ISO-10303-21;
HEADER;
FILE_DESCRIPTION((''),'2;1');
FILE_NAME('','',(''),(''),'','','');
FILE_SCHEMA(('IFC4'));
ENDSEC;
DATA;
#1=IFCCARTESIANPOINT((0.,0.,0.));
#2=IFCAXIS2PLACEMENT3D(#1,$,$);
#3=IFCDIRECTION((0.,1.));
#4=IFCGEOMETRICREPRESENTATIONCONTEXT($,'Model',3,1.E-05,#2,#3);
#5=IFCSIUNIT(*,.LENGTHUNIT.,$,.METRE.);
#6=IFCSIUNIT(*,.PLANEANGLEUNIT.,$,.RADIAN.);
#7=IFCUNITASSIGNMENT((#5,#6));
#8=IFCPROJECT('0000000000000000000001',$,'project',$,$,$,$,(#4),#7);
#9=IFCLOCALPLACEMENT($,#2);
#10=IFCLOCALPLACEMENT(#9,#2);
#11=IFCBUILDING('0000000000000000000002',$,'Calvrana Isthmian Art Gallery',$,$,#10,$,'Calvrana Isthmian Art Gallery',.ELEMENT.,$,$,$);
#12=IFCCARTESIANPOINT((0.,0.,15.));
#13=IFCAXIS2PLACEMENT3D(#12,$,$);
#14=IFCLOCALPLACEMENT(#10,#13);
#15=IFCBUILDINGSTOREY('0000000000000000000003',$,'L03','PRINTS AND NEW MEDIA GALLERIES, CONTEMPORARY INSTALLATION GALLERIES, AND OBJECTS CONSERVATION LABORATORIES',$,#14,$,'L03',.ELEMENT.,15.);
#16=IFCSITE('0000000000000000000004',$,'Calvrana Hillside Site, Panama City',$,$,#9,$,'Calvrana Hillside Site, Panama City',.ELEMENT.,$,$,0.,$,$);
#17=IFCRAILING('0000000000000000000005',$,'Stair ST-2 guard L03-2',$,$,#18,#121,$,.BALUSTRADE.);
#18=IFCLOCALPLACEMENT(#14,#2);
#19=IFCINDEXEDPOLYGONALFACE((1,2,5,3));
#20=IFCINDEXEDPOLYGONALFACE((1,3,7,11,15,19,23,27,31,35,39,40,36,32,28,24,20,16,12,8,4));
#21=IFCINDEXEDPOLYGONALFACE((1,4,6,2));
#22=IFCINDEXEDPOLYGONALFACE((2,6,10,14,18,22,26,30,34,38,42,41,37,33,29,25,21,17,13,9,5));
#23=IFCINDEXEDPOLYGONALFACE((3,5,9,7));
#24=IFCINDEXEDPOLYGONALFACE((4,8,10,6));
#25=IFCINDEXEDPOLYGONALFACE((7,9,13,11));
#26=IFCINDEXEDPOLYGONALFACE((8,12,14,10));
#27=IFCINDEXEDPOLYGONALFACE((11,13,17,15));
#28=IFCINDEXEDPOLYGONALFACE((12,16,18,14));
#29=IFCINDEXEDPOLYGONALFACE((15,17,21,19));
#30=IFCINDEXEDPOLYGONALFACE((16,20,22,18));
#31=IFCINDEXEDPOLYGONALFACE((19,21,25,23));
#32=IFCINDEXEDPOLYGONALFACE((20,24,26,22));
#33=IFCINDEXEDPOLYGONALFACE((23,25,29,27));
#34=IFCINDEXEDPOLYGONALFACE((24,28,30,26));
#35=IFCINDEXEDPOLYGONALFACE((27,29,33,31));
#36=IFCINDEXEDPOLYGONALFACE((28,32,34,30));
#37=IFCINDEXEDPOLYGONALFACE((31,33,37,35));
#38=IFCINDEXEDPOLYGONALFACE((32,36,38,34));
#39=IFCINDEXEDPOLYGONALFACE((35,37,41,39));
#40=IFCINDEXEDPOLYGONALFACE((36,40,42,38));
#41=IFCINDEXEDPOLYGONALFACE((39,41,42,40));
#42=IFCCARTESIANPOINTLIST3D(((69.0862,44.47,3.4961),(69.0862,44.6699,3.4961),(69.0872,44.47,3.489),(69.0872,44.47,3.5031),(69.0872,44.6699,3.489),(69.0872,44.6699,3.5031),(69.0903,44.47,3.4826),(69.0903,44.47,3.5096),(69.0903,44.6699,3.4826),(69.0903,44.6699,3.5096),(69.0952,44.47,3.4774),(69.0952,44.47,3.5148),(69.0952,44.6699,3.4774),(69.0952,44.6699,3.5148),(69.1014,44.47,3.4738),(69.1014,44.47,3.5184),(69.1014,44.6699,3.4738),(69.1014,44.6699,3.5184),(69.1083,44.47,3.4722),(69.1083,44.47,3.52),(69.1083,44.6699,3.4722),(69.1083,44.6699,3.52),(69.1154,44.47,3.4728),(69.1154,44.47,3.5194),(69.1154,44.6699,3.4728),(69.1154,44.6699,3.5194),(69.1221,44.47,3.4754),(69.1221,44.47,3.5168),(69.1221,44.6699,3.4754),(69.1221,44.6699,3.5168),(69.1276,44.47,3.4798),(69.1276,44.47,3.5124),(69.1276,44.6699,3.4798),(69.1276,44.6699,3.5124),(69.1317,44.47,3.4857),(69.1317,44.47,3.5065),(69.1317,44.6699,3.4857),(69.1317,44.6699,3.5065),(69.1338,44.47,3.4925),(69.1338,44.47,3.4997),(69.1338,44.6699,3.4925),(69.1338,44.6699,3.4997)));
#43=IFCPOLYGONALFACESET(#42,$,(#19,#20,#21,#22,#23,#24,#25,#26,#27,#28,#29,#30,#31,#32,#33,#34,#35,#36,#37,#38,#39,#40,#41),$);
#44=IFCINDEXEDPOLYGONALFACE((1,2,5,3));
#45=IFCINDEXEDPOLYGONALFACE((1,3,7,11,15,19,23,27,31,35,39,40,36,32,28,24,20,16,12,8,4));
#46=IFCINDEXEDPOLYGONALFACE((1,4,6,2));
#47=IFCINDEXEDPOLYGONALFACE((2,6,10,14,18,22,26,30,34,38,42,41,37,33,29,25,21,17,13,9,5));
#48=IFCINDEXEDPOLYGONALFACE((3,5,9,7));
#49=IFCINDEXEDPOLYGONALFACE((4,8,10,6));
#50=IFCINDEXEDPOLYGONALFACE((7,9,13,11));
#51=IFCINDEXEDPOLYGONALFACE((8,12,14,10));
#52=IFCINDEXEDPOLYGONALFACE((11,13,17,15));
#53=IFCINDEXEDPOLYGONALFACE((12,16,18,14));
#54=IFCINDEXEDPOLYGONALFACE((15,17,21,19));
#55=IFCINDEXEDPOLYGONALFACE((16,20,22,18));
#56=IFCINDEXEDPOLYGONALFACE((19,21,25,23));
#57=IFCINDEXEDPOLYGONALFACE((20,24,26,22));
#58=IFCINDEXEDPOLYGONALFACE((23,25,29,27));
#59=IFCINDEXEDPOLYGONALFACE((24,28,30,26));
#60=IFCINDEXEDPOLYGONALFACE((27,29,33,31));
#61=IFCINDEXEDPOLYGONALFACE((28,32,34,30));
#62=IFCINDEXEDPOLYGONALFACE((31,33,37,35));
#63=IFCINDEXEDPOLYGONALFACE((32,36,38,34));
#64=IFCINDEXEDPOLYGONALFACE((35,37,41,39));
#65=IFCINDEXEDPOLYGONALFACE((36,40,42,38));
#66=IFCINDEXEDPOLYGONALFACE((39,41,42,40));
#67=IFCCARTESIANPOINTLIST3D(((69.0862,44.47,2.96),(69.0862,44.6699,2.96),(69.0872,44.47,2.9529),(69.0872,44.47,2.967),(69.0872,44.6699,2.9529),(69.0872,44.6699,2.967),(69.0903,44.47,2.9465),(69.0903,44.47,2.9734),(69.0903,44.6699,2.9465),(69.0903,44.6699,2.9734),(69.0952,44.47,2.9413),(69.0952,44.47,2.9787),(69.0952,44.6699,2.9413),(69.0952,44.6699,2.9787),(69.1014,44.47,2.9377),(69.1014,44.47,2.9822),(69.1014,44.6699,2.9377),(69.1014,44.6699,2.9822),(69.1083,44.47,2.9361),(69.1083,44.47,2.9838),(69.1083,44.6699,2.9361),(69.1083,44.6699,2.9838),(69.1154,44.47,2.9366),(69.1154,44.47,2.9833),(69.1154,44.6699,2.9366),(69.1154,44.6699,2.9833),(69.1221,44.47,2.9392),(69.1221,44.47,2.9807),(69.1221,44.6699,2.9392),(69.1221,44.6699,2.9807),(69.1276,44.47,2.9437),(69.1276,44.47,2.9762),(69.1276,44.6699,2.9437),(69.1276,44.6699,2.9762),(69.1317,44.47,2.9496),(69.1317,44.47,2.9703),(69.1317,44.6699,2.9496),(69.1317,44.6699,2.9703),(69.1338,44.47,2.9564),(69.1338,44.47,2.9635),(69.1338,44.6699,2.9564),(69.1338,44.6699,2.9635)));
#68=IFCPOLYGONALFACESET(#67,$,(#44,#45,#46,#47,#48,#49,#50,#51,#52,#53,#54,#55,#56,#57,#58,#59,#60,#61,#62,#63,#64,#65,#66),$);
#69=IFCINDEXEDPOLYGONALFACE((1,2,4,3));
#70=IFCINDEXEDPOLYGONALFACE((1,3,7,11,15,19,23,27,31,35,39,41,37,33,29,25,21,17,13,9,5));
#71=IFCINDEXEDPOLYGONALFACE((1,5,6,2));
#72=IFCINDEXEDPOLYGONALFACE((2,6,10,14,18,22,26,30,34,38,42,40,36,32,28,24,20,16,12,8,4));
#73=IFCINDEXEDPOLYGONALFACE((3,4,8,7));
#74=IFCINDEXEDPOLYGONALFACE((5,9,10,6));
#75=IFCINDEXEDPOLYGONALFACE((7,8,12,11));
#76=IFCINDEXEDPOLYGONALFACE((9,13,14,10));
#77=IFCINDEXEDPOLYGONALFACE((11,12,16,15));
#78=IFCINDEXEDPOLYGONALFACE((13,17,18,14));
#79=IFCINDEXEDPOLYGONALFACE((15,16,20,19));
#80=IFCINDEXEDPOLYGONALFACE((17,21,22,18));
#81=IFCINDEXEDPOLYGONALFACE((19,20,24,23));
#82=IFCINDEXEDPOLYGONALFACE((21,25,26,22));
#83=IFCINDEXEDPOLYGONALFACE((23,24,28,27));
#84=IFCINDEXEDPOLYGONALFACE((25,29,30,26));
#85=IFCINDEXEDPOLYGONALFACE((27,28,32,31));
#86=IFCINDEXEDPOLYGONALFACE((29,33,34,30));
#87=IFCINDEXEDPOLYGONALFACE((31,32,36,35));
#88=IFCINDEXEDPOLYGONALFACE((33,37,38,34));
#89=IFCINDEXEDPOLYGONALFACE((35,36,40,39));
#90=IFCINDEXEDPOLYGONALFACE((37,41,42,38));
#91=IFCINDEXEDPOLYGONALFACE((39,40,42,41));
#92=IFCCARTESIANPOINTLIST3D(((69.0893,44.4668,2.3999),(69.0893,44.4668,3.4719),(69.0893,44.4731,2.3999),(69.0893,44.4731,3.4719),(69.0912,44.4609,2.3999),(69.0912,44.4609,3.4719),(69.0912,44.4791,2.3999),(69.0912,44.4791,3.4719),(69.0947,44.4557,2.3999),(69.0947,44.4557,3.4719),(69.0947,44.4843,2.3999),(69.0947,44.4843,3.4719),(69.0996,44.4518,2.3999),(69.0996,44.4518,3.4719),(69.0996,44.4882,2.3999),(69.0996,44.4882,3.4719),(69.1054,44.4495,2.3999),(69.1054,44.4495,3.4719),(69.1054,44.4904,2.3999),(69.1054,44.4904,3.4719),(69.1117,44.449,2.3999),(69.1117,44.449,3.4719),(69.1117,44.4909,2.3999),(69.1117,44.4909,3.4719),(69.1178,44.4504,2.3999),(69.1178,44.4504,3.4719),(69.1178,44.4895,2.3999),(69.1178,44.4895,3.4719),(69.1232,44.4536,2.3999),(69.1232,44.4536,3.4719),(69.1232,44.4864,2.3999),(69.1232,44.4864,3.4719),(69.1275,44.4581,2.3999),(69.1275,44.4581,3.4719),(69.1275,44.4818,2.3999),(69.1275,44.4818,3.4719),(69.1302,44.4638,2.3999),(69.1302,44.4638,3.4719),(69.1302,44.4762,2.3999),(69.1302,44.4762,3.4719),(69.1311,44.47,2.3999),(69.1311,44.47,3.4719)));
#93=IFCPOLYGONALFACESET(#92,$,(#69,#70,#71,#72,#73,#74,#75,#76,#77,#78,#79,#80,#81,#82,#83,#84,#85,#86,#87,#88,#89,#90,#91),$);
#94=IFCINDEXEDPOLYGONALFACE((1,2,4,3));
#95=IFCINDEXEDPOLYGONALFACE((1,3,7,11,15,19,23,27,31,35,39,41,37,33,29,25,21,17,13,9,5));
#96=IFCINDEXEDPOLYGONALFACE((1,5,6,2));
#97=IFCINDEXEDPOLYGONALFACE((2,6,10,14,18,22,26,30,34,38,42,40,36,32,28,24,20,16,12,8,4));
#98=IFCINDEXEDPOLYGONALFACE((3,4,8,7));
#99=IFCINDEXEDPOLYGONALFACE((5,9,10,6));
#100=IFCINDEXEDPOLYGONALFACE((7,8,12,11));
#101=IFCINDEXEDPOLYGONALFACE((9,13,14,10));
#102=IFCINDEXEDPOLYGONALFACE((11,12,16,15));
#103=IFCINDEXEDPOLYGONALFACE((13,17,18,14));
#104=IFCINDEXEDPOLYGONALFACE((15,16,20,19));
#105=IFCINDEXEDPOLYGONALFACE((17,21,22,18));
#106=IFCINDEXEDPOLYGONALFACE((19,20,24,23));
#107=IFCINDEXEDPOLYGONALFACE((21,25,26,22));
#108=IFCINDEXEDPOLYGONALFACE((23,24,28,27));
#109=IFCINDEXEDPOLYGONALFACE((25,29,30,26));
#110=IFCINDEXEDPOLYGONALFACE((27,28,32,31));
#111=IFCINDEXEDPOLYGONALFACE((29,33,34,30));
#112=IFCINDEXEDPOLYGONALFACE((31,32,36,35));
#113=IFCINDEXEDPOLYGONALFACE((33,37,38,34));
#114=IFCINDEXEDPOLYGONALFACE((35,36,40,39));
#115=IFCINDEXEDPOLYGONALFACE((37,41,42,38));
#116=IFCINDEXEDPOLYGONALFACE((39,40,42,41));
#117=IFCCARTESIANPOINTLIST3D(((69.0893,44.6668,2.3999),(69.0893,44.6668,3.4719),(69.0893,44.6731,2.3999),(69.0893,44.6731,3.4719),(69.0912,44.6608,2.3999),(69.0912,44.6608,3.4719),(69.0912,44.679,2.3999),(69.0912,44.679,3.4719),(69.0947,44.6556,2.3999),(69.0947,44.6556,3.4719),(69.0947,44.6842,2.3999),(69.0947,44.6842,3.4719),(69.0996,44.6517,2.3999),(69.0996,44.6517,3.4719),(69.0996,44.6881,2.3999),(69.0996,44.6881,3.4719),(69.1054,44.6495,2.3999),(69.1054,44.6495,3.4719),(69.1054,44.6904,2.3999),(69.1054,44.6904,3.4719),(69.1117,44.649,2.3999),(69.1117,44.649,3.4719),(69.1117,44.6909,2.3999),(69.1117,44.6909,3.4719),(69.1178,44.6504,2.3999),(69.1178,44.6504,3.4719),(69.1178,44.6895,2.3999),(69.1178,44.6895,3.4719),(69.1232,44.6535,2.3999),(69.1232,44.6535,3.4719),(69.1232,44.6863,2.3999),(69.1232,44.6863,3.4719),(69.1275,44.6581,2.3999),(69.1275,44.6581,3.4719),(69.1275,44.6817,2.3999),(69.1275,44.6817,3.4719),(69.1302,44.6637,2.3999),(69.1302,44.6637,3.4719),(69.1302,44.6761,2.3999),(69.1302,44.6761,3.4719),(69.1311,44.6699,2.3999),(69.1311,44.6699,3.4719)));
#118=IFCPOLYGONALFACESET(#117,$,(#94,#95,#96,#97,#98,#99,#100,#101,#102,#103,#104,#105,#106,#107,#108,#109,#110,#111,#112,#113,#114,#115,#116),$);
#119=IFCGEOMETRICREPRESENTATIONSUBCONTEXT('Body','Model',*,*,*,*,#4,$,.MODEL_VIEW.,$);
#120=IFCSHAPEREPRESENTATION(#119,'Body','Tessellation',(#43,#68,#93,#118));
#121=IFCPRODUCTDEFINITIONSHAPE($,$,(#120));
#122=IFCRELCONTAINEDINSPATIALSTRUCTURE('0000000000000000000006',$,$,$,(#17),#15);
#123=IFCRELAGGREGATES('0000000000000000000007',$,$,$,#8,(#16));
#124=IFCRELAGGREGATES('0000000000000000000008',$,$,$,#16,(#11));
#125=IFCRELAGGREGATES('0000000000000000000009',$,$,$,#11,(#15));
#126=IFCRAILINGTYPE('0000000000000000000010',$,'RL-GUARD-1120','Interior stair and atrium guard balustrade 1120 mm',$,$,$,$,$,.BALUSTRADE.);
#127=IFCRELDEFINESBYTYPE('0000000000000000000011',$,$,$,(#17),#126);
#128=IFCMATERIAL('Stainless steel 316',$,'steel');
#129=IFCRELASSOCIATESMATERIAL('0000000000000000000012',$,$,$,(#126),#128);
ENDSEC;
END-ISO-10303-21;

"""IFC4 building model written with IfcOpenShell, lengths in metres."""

from ifc_helpers import new_model, si_unit, direction, frame, origin, origin_2d, place, context, subcontext, project, spatial, circle, extrude, material, type_object, element, save


model = new_model("IFC4")

# Units and contexts
model_context = context("Model", 3, precision=1e-05, world=origin(), true_north=direction((0.0, 1.0)))
body_context = subcontext(model_context, "Body", "Model", "MODEL_VIEW")
ifc_project = project(units=[si_unit("LENGTHUNIT", "METRE"), si_unit("PLANEANGLEUNIT", "RADIAN")], contexts=[model_context])

# Site, building, storey
site_placement = place(None, origin())
site = spatial("IfcSite", under=ifc_project, at=site_placement, Name="Calvrana Hillside Site, Panama City", LongName="Calvrana Hillside Site, Panama City", CompositionType="ELEMENT", RefElevation=0.0)
building_placement = place(site_placement, origin())
building = spatial("IfcBuilding", under=site, at=building_placement, Name="Calvrana Isthmian Art Gallery", LongName="Calvrana Isthmian Art Gallery", CompositionType="ELEMENT")
storey_placement = place(building_placement, frame((0.0, 0.0, 15.0)))
storey = spatial("IfcBuildingStorey", under=building, at=storey_placement, Name="L03", Description="PRINTS AND NEW MEDIA GALLERIES, CONTEMPORARY INSTALLATION GALLERIES, AND OBJECTS CONSERVATION LABORATORIES", LongName="L03", CompositionType="ELEMENT", Elevation=15.0)

# Railing
ifc_material_1 = material(Name="Stainless steel 316", Category="steel")
railing_type_1 = type_object("IfcRailingType", Name="RL-GUARD-1120", Description="Interior stair and atrium guard balustrade 1120 mm", PredefinedType="BALUSTRADE", material=ifc_material_1)
railing_1_placement = place(storey_placement, frame((69.1101, 44.47, 2.3999)))
element("IfcRailing", 1, at=railing_1_placement, inside=storey, type_object=railing_type_1, Name="Stair ST-2 guard L03-2", PredefinedType="BALUSTRADE", context=body_context, shape_type="SweptSolid", body=[
    extrude(circle(Radius=0.0239, at=origin_2d()), frame((0.0, 0.0, 1.0962), z_axis=(0.0, 1.0, 0.0), x_axis=(-1.0, 0.0, 0.0)), (0.0, 0.0, 1.0), 0.2),
    extrude(circle(Radius=0.0239, at=origin_2d()), frame((0.0, 0.0, 0.5601), z_axis=(0.0, 1.0, 0.0), x_axis=(-1.0, 0.0, 0.0)), (0.0, 0.0, 1.0), 0.2),
    extrude(circle(Radius=0.021, at=origin_2d()), origin(), (0.0, 0.0, 1.0), 1.072),
    extrude(circle(Radius=0.021, at=origin_2d()), frame((0.0, 0.2, 0.0)), (0.0, 0.0, 1.0), 1.072),
])

save(model, "model.ifc")
